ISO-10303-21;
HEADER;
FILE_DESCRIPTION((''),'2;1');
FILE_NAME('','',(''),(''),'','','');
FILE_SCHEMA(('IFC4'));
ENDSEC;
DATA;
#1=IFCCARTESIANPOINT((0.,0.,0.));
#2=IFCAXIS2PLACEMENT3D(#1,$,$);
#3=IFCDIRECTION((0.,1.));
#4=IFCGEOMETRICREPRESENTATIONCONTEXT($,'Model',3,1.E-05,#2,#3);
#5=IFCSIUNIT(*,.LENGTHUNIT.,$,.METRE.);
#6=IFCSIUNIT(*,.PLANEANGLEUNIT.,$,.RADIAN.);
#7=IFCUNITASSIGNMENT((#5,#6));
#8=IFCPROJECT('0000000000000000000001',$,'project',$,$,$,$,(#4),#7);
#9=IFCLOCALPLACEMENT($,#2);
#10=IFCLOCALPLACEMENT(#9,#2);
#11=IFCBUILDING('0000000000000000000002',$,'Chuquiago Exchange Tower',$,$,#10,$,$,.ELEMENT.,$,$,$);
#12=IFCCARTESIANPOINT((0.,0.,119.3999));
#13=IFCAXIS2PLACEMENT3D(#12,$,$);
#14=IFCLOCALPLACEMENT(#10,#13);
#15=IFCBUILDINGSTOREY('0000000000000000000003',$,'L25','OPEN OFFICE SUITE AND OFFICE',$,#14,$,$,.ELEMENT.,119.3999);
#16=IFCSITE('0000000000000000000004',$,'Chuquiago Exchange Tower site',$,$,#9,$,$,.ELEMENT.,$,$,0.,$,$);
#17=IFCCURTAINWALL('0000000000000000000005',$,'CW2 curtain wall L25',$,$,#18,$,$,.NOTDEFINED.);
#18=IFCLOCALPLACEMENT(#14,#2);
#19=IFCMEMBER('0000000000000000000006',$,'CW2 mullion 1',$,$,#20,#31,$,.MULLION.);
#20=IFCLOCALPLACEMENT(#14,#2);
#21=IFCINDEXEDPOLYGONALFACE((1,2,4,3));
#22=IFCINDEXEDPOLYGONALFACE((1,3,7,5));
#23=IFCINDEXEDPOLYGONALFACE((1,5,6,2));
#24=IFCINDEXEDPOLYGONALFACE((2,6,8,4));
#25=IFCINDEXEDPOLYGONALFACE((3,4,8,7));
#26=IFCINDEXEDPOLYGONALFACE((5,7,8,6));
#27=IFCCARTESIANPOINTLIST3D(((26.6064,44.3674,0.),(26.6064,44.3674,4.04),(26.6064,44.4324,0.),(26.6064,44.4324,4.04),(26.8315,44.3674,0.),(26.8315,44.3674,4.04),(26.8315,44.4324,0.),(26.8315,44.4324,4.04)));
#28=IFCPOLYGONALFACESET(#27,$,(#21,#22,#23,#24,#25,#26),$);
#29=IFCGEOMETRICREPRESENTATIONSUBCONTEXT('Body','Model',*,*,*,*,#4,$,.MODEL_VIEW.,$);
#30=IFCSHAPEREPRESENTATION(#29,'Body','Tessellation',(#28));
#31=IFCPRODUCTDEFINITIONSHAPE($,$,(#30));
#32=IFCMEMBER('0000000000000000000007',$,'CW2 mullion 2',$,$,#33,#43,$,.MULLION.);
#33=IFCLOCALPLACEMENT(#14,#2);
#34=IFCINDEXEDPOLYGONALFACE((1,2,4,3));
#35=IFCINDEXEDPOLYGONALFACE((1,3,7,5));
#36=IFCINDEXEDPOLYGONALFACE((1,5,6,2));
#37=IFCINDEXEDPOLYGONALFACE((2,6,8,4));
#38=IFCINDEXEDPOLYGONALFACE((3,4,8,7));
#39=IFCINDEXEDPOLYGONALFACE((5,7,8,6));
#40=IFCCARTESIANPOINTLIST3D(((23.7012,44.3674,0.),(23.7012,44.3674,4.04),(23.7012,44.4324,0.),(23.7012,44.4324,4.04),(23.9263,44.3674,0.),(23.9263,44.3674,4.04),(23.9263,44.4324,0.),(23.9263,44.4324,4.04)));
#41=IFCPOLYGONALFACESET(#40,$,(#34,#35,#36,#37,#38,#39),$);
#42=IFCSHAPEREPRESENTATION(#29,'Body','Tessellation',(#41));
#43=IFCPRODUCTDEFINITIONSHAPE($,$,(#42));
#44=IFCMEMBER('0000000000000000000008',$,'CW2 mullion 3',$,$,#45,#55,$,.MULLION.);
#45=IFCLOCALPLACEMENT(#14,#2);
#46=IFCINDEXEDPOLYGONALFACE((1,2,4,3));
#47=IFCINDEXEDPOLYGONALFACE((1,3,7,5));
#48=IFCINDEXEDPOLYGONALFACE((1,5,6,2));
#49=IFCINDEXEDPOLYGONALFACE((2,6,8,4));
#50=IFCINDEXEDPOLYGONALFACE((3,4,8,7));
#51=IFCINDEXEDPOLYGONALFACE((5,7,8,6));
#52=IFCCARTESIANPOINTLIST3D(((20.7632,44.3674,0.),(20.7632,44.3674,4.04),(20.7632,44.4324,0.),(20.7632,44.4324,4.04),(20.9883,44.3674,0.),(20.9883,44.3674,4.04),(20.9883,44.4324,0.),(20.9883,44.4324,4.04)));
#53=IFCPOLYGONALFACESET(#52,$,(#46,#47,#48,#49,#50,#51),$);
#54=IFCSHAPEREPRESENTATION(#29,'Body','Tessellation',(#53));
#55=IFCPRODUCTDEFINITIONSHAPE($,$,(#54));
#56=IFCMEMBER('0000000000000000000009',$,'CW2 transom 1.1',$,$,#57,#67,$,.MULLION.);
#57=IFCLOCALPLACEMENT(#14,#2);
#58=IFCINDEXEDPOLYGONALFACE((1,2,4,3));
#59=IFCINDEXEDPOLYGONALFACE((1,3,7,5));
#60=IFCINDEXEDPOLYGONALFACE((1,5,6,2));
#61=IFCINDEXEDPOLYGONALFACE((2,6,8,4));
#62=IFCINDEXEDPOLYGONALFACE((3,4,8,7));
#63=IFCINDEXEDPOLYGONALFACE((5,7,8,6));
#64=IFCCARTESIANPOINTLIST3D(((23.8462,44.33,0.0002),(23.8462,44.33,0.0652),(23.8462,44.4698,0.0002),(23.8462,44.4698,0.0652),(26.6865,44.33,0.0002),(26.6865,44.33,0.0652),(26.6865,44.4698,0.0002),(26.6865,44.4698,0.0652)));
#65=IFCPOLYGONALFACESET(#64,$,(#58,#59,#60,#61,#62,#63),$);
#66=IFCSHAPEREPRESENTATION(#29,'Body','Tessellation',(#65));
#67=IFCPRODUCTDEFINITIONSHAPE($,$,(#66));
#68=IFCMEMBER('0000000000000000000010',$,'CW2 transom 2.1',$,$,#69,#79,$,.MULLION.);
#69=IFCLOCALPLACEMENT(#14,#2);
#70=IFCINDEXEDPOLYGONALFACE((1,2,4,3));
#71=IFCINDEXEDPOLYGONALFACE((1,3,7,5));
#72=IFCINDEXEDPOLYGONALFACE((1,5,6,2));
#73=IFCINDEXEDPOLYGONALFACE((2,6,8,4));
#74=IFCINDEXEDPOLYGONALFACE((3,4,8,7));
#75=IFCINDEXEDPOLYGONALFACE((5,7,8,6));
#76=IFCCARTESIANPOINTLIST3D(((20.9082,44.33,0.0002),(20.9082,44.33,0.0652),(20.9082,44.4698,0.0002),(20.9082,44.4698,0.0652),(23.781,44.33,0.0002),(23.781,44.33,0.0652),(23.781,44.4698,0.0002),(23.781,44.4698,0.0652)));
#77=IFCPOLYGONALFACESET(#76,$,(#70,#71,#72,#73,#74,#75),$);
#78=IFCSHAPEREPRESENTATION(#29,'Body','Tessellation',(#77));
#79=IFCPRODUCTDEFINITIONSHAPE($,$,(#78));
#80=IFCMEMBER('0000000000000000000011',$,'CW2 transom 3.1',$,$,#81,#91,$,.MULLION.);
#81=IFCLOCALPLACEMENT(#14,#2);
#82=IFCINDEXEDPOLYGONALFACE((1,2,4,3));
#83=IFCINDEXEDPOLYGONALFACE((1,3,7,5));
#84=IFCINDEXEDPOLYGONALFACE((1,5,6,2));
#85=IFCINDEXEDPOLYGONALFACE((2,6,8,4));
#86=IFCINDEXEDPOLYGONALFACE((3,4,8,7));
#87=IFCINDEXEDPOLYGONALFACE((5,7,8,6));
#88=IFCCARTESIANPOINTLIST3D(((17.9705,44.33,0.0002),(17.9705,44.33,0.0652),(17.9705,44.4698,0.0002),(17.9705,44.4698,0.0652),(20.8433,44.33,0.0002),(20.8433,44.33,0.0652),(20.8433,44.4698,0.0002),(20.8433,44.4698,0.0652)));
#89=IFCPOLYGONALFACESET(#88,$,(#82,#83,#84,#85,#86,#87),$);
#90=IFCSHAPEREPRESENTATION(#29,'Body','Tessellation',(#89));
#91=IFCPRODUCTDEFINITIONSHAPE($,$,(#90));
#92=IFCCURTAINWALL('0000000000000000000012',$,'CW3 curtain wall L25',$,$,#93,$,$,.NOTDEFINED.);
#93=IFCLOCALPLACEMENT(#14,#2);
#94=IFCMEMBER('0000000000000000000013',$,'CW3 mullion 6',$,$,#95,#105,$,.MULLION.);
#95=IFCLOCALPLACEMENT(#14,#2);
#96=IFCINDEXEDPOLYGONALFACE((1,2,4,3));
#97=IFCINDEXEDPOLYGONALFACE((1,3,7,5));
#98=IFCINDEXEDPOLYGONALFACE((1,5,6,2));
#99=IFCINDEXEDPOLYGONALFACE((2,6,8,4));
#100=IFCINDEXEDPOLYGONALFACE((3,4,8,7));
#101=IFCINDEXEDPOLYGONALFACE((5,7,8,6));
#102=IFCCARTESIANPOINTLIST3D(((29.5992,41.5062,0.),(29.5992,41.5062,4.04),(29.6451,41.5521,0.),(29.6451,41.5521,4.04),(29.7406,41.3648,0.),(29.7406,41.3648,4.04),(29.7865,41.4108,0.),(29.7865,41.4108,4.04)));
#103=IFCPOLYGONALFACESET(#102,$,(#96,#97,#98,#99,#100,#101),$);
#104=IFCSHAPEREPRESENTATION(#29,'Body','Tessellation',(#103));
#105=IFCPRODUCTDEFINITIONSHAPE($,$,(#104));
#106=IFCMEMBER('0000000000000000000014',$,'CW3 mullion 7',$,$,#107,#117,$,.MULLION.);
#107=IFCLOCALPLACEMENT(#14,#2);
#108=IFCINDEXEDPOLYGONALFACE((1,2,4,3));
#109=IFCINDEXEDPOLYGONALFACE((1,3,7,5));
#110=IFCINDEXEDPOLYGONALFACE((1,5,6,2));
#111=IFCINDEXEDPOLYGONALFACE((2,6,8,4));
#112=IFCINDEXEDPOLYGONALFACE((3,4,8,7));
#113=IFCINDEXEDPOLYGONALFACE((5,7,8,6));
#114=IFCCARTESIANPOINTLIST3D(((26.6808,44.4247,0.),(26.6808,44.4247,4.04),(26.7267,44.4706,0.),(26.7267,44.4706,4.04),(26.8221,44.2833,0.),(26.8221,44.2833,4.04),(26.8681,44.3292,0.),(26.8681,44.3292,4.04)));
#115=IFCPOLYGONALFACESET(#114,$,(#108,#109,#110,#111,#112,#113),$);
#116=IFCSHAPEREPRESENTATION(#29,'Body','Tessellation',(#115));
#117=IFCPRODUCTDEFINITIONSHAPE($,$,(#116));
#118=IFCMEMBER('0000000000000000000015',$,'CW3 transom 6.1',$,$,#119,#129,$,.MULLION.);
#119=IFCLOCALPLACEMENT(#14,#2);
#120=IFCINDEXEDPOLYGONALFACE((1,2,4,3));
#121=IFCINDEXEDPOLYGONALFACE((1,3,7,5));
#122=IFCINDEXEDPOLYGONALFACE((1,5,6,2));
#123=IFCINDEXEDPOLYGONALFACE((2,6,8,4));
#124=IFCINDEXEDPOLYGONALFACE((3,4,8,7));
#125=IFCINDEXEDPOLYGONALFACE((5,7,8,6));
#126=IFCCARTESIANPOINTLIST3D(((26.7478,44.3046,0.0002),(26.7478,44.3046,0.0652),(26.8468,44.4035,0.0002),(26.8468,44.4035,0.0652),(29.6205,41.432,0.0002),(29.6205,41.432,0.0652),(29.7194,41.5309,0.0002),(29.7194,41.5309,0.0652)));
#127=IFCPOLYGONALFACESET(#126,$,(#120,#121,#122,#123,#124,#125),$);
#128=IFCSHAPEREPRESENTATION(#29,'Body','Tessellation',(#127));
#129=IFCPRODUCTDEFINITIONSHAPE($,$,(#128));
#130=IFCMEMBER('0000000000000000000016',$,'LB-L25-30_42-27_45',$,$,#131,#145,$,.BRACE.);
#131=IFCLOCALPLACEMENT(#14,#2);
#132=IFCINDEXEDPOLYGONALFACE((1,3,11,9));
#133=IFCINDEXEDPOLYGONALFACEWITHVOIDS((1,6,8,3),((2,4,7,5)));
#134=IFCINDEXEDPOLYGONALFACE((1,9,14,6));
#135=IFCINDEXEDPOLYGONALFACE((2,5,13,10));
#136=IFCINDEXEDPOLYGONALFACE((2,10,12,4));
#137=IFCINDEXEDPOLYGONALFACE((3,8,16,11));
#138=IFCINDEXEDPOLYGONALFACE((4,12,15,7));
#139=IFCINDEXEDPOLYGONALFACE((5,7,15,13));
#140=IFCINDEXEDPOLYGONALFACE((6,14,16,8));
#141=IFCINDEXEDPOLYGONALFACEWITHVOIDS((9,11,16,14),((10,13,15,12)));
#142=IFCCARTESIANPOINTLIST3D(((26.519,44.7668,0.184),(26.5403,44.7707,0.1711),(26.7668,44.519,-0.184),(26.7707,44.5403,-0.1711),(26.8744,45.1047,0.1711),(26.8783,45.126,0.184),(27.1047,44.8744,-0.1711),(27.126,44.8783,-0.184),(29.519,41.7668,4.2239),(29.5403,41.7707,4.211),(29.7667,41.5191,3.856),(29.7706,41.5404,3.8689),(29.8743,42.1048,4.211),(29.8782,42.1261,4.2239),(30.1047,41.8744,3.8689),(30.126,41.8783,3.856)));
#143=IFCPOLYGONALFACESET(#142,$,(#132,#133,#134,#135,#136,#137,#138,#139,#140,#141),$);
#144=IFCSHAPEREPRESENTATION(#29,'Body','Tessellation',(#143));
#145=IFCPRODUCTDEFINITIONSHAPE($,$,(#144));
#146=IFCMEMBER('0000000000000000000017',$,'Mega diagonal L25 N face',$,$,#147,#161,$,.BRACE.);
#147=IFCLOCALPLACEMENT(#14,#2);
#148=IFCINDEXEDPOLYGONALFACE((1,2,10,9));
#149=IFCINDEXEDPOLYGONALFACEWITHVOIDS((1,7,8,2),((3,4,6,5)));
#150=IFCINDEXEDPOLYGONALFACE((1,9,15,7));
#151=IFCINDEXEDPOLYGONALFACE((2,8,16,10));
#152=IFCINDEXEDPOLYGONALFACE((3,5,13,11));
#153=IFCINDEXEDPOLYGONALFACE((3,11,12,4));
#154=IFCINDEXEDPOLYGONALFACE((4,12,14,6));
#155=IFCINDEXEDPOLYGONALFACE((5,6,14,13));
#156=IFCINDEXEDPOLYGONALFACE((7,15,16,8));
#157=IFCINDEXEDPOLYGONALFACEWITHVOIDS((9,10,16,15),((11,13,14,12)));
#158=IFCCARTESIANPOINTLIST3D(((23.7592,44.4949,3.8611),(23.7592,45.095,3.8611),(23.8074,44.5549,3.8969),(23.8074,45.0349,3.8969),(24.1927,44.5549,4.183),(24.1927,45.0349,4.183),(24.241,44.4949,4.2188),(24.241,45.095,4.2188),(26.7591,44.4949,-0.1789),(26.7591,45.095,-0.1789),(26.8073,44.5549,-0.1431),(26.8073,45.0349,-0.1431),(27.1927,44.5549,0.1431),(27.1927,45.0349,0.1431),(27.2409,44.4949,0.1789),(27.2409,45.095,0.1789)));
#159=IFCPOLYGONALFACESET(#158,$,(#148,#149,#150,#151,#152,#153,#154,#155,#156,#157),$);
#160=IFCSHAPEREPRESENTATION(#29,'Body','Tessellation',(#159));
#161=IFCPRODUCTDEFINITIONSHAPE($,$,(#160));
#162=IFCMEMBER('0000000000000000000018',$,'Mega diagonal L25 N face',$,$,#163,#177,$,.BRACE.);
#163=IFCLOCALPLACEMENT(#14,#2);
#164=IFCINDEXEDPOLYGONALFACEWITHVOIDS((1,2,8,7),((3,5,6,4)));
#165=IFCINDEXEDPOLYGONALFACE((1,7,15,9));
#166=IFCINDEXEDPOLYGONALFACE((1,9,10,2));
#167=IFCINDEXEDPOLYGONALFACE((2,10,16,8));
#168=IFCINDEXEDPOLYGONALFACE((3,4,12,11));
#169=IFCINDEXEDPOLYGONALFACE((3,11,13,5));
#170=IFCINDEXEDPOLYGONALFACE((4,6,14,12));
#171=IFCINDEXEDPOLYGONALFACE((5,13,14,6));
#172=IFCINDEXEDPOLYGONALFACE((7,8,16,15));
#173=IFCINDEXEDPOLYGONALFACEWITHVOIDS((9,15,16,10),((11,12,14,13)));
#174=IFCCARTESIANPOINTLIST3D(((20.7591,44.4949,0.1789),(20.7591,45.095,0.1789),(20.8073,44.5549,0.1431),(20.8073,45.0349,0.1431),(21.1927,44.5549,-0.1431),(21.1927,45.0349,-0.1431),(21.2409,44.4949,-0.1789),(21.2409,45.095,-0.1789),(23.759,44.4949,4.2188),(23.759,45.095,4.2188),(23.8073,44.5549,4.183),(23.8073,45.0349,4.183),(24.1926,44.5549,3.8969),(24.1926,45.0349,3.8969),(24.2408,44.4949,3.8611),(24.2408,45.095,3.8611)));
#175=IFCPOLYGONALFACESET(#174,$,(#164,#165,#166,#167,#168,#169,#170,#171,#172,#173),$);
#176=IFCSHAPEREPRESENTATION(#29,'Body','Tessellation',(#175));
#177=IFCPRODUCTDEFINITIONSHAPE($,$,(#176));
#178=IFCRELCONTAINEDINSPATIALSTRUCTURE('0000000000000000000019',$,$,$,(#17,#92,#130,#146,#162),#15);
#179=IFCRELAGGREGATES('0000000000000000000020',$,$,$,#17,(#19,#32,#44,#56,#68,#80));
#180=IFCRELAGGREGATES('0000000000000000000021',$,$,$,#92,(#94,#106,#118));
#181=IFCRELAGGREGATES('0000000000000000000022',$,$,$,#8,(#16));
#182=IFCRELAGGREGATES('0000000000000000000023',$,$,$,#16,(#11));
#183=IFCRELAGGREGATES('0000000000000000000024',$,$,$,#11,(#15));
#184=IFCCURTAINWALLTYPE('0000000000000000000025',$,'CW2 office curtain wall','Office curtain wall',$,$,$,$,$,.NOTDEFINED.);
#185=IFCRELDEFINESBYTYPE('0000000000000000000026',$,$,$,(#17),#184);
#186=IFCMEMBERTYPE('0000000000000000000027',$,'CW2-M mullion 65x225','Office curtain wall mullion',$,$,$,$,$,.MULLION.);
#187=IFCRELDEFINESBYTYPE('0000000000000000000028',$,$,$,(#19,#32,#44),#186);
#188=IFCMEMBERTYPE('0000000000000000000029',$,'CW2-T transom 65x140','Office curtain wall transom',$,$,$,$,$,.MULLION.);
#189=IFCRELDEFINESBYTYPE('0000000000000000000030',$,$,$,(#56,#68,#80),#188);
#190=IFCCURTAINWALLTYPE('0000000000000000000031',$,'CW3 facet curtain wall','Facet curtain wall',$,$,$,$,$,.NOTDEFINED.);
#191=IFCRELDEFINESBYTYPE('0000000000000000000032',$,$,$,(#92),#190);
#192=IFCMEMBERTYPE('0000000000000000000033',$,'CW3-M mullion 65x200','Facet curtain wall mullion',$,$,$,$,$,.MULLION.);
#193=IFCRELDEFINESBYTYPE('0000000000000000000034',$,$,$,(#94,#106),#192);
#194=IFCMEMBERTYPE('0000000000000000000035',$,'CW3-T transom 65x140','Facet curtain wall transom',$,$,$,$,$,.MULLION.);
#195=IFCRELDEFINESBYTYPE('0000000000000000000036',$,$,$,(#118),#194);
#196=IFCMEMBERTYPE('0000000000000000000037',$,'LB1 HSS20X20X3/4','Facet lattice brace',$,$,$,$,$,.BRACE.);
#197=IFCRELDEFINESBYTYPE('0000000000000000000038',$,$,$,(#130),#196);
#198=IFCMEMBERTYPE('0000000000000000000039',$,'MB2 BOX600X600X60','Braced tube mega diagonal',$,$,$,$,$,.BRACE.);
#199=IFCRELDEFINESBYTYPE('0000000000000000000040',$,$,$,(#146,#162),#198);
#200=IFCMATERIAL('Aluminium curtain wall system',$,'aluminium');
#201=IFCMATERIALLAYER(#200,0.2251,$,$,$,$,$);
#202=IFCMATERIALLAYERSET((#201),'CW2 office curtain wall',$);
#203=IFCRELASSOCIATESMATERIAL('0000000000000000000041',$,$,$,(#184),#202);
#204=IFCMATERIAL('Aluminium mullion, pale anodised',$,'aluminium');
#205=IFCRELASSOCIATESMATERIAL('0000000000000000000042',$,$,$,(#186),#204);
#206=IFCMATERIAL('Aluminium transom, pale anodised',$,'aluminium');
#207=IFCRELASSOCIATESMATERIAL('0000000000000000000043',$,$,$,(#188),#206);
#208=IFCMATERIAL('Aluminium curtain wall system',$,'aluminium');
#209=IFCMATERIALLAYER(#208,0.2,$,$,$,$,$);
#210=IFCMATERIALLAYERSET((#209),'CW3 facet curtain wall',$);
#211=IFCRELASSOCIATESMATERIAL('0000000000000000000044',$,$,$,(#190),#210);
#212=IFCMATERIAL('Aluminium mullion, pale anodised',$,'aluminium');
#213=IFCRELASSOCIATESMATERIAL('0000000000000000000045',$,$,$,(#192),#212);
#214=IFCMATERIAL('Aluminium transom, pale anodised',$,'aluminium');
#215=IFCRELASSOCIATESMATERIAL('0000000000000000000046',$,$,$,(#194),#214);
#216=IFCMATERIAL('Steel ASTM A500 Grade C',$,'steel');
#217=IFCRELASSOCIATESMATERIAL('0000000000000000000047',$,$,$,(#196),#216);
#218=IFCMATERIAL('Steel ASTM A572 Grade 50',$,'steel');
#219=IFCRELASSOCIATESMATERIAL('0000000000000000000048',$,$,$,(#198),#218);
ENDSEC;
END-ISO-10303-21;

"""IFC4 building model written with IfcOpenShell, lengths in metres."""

from ifc_helpers import new_model, si_unit, direction, frame, origin, origin_2d, place, context, subcontext, project, spatial, rectangle, hollow_rectangle, extrude, material, layer, layer_set, material_profile, profile_set, type_object, element, aggregate, save


model = new_model("IFC4")

# Units and contexts
model_context = context("Model", 3, precision=1e-05, world=origin(), true_north=direction((0.0, 1.0)))
body_context = subcontext(model_context, "Body", "Model", "MODEL_VIEW")
ifc_project = project(units=[si_unit("LENGTHUNIT", "METRE"), si_unit("PLANEANGLEUNIT", "RADIAN")], contexts=[model_context])

# Site, building, storey
site_placement = place(None, origin())
site = spatial("IfcSite", under=ifc_project, at=site_placement, Name="Chuquiago Exchange Tower site", CompositionType="ELEMENT", RefElevation=0.0)
building_placement = place(site_placement, origin())
building = spatial("IfcBuilding", under=site, at=building_placement, Name="Chuquiago Exchange Tower", CompositionType="ELEMENT")
storey_placement = place(building_placement, frame((0.0, 0.0, 119.3999)))
storey = spatial("IfcBuildingStorey", under=building, at=storey_placement, Name="L25", Description="OPEN OFFICE SUITE AND OFFICE", CompositionType="ELEMENT", Elevation=119.3999)

# Curtain walls, members
ifc_material_1 = material(Name="Aluminium curtain wall system", Category="aluminium")
ifc_layer_1 = layer(ifc_material_1, 0.2251)
ifc_layer_set_1 = layer_set([ifc_layer_1], Name="CW2 office curtain wall")
curtain_wall_type_1 = type_object("IfcCurtainWallType", Name="CW2 office curtain wall", Description="Office curtain wall", PredefinedType="NOTDEFINED", material=ifc_layer_set_1)
curtain_wall_1_placement = place(storey_placement, origin())
curtain_wall_1 = element("IfcCurtainWall", 1, at=curtain_wall_1_placement, inside=storey, type_object=curtain_wall_type_1, Name="CW2 curtain wall L25", PredefinedType="NOTDEFINED")
ifc_material_2 = material(Name="Aluminium mullion, pale anodised", Category="aluminium")
ifc_material_profile_1 = material_profile(ifc_material_2, rectangle(XDim=0.0649, YDim=0.2251, at=origin_2d()), Name="AL 65x225")
ifc_profile_set_1 = profile_set([ifc_material_profile_1], Name="Aluminium mullion, pale anodised")
member_type_1 = type_object("IfcMemberType", Name="CW2-M mullion 65x225", Description="Office curtain wall mullion", PredefinedType="MULLION", material=ifc_profile_set_1)
member_1_placement = place(storey_placement, frame((26.719, 44.3999, 0.0), z_axis=(0.0, 0.0, 1.0), x_axis=(0.0, -1.0, 0.0)))
member_1 = element("IfcMember", 2, at=member_1_placement, type_object=member_type_1, Name="CW2 mullion 1", PredefinedType="MULLION", context=body_context, shape_type="SweptSolid", body=[
    extrude(rectangle(XDim=0.0649, YDim=0.2251, at=origin_2d()), origin(), (0.0, 0.0, 1.0), 4.04),
])
member_2_placement = place(storey_placement, frame((23.8137, 44.3999, 0.0), z_axis=(0.0, 0.0, 1.0), x_axis=(0.0, -1.0, 0.0)))
member_2 = element("IfcMember", 3, at=member_2_placement, type_object=member_type_1, Name="CW2 mullion 2", PredefinedType="MULLION", context=body_context, shape_type="SweptSolid", body=[
    extrude(rectangle(XDim=0.0649, YDim=0.2251, at=origin_2d()), origin(), (0.0, 0.0, 1.0), 4.04),
])
member_3_placement = place(storey_placement, frame((20.8757, 44.3999, 0.0), z_axis=(0.0, 0.0, 1.0), x_axis=(0.0, -1.0, 0.0)))
member_3 = element("IfcMember", 4, at=member_3_placement, type_object=member_type_1, Name="CW2 mullion 3", PredefinedType="MULLION", context=body_context, shape_type="SweptSolid", body=[
    extrude(rectangle(XDim=0.0649, YDim=0.2251, at=origin_2d()), origin(), (0.0, 0.0, 1.0), 4.04),
])
ifc_material_3 = material(Name="Aluminium transom, pale anodised", Category="aluminium")
ifc_material_profile_2 = material_profile(ifc_material_3, rectangle(XDim=0.1399, YDim=0.0649, at=origin_2d()), Name="AL 140x65")
ifc_profile_set_2 = profile_set([ifc_material_profile_2], Name="Aluminium transom, pale anodised")
member_type_2 = type_object("IfcMemberType", Name="CW2-T transom 65x140", Description="Office curtain wall transom", PredefinedType="MULLION", material=ifc_profile_set_2)
member_4_placement = place(storey_placement, frame((26.6865, 44.3999, 0.0327), z_axis=(-1.0, 0.0, 0.0), x_axis=(0.0, -1.0, 0.0)))
member_4 = element("IfcMember", 5, at=member_4_placement, type_object=member_type_2, Name="CW2 transom 1.1", PredefinedType="MULLION", context=body_context, shape_type="SweptSolid", body=[
    extrude(rectangle(XDim=0.1399, YDim=0.0649, at=origin_2d()), origin(), (0.0, 0.0, 1.0), 2.8403),
])
member_5_placement = place(storey_placement, frame((23.781, 44.3999, 0.0327), z_axis=(-1.0, 0.0, 0.0), x_axis=(0.0, -1.0, 0.0)))
member_5 = element("IfcMember", 6, at=member_5_placement, type_object=member_type_2, Name="CW2 transom 2.1", PredefinedType="MULLION", context=body_context, shape_type="SweptSolid", body=[
    extrude(rectangle(XDim=0.1399, YDim=0.0649, at=origin_2d()), origin(), (0.0, 0.0, 1.0), 2.8728),
])
member_6_placement = place(storey_placement, frame((20.8433, 44.3999, 0.0327), z_axis=(-1.0, 0.0, 0.0), x_axis=(0.0, -1.0, 0.0)))
member_6 = element("IfcMember", 7, at=member_6_placement, type_object=member_type_2, Name="CW2 transom 3.1", PredefinedType="MULLION", context=body_context, shape_type="SweptSolid", body=[
    extrude(rectangle(XDim=0.1399, YDim=0.0649, at=origin_2d()), origin(), (0.0, 0.0, 1.0), 2.8728),
])
ifc_material_4 = material(Name="Aluminium curtain wall system", Category="aluminium")
ifc_layer_2 = layer(ifc_material_4, 0.2)
ifc_layer_set_2 = layer_set([ifc_layer_2], Name="CW3 facet curtain wall")
curtain_wall_type_2 = type_object("IfcCurtainWallType", Name="CW3 facet curtain wall", Description="Facet curtain wall", PredefinedType="NOTDEFINED", material=ifc_layer_set_2)
curtain_wall_2_placement = place(storey_placement, origin())
curtain_wall_2 = element("IfcCurtainWall", 8, at=curtain_wall_2_placement, inside=storey, type_object=curtain_wall_type_2, Name="CW3 curtain wall L25", PredefinedType="NOTDEFINED")
ifc_material_5 = material(Name="Aluminium mullion, pale anodised", Category="aluminium")
ifc_material_profile_3 = material_profile(ifc_material_5, rectangle(XDim=0.0649, YDim=0.2, at=origin_2d()), Name="AL 65x200")
ifc_profile_set_3 = profile_set([ifc_material_profile_3], Name="Aluminium mullion, pale anodised")
member_type_3 = type_object("IfcMemberType", Name="CW3-M mullion 65x200", Description="Facet curtain wall mullion", PredefinedType="MULLION", material=ifc_profile_set_3)
member_7_placement = place(storey_placement, frame((29.6929, 41.4585, 0.0), z_axis=(0.0, 0.0, 1.0), x_axis=(-0.707107, -0.707107, 0.0)))
member_7 = element("IfcMember", 9, at=member_7_placement, type_object=member_type_3, Name="CW3 mullion 6", PredefinedType="MULLION", context=body_context, shape_type="SweptSolid", body=[
    extrude(rectangle(XDim=0.0649, YDim=0.2, at=origin_2d()), origin(), (0.0, 0.0, 1.0), 4.04),
])
member_8_placement = place(storey_placement, frame((26.7744, 44.377, 0.0), z_axis=(0.0, 0.0, 1.0), x_axis=(-0.707107, -0.707107, 0.0)))
member_8 = element("IfcMember", 10, at=member_8_placement, type_object=member_type_3, Name="CW3 mullion 7", PredefinedType="MULLION", context=body_context, shape_type="SweptSolid", body=[
    extrude(rectangle(XDim=0.0649, YDim=0.2, at=origin_2d()), origin(), (0.0, 0.0, 1.0), 4.04),
])
ifc_material_6 = material(Name="Aluminium transom, pale anodised", Category="aluminium")
ifc_material_profile_4 = material_profile(ifc_material_6, rectangle(XDim=0.1399, YDim=0.0649, at=origin_2d()), Name="AL 140x65")
ifc_profile_set_4 = profile_set([ifc_material_profile_4], Name="Aluminium transom, pale anodised")
member_type_4 = type_object("IfcMemberType", Name="CW3-T transom 65x140", Description="Facet curtain wall transom", PredefinedType="MULLION", material=ifc_profile_set_4)
member_9_placement = place(storey_placement, frame((29.6699, 41.4814, 0.0327), z_axis=(-0.707107, 0.707107, 0.0), x_axis=(-0.707107, -0.707107, 0.0)))
member_9 = element("IfcMember", 11, at=member_9_placement, type_object=member_type_4, Name="CW3 transom 6.1", PredefinedType="MULLION", context=body_context, shape_type="SweptSolid", body=[
    extrude(rectangle(XDim=0.1399, YDim=0.0649, at=origin_2d()), origin(), (0.0, 0.0, 1.0), 4.0625),
])

# Members
ifc_material_7 = material(Name="Steel ASTM A500 Grade C", Category="steel")
ifc_material_profile_5 = material_profile(ifc_material_7, hollow_rectangle(XDim=0.5081, YDim=0.5081, WallThickness=0.0178, at=origin_2d()), Name="HSS20X20X3/4")
ifc_profile_set_5 = profile_set([ifc_material_profile_5], Name="Steel ASTM A500 Grade C")
member_type_5 = type_object("IfcMemberType", Name="LB1 HSS20X20X3/4", Description="Facet lattice brace", PredefinedType="BRACE", material=ifc_profile_set_5)
member_10_placement = place(storey_placement, frame((26.8225, 44.8225, 0.0), z_axis=(0.512077, -0.512077, 0.689604), x_axis=(0.707107, 0.707107, 0.0)))
element("IfcMember", 12, at=member_10_placement, inside=storey, type_object=member_type_5, Name="LB-L25-30_42-27_45", PredefinedType="BRACE", context=body_context, shape_type="SweptSolid", body=[
    extrude(hollow_rectangle(XDim=0.5081, YDim=0.5081, WallThickness=0.0178, at=origin_2d()), origin(), (0.0, 0.0, 1.0), 5.8584),
])
ifc_material_8 = material(Name="Steel ASTM A572 Grade 50", Category="steel")
ifc_material_profile_6 = material_profile(ifc_material_8, hollow_rectangle(XDim=0.6001, YDim=0.6001, WallThickness=0.0601, at=origin_2d()), Name="BOX600X600X60")
ifc_profile_set_6 = profile_set([ifc_material_profile_6], Name="Steel ASTM A572 Grade 50")
member_type_6 = type_object("IfcMemberType", Name="MB2 BOX600X600X60", Description="Braced tube mega diagonal", PredefinedType="BRACE", material=ifc_profile_set_6)
for number, where, z_axis, x_axis, name in (
    (13, (27.0, 44.7949, 0.0), (-0.596174, 0.0, 0.802855), (0.0, -1.0, 0.0), "Mega diagonal L25 N face"),
    (14, (21.0, 44.7949, 0.0), (0.596174, 0.0, 0.802855), (0.0, 1.0, 0.0), "Mega diagonal L25 N face"),
):
    element("IfcMember", number, at=place(storey_placement, frame(where, z_axis=z_axis, x_axis=x_axis)), inside=storey, type_object=member_type_6, Name=name, PredefinedType="BRACE", context=body_context, shape_type="SweptSolid", body=[
        extrude(hollow_rectangle(XDim=0.6001, YDim=0.6001, WallThickness=0.0601, at=origin_2d()), origin(), (0.0, 0.0, 1.0), 5.032),
    ])

aggregate(curtain_wall_1, [member_1, member_2, member_3, member_4, member_5, member_6])
aggregate(curtain_wall_2, [member_7, member_8, member_9])

save(model, "model.ifc")
